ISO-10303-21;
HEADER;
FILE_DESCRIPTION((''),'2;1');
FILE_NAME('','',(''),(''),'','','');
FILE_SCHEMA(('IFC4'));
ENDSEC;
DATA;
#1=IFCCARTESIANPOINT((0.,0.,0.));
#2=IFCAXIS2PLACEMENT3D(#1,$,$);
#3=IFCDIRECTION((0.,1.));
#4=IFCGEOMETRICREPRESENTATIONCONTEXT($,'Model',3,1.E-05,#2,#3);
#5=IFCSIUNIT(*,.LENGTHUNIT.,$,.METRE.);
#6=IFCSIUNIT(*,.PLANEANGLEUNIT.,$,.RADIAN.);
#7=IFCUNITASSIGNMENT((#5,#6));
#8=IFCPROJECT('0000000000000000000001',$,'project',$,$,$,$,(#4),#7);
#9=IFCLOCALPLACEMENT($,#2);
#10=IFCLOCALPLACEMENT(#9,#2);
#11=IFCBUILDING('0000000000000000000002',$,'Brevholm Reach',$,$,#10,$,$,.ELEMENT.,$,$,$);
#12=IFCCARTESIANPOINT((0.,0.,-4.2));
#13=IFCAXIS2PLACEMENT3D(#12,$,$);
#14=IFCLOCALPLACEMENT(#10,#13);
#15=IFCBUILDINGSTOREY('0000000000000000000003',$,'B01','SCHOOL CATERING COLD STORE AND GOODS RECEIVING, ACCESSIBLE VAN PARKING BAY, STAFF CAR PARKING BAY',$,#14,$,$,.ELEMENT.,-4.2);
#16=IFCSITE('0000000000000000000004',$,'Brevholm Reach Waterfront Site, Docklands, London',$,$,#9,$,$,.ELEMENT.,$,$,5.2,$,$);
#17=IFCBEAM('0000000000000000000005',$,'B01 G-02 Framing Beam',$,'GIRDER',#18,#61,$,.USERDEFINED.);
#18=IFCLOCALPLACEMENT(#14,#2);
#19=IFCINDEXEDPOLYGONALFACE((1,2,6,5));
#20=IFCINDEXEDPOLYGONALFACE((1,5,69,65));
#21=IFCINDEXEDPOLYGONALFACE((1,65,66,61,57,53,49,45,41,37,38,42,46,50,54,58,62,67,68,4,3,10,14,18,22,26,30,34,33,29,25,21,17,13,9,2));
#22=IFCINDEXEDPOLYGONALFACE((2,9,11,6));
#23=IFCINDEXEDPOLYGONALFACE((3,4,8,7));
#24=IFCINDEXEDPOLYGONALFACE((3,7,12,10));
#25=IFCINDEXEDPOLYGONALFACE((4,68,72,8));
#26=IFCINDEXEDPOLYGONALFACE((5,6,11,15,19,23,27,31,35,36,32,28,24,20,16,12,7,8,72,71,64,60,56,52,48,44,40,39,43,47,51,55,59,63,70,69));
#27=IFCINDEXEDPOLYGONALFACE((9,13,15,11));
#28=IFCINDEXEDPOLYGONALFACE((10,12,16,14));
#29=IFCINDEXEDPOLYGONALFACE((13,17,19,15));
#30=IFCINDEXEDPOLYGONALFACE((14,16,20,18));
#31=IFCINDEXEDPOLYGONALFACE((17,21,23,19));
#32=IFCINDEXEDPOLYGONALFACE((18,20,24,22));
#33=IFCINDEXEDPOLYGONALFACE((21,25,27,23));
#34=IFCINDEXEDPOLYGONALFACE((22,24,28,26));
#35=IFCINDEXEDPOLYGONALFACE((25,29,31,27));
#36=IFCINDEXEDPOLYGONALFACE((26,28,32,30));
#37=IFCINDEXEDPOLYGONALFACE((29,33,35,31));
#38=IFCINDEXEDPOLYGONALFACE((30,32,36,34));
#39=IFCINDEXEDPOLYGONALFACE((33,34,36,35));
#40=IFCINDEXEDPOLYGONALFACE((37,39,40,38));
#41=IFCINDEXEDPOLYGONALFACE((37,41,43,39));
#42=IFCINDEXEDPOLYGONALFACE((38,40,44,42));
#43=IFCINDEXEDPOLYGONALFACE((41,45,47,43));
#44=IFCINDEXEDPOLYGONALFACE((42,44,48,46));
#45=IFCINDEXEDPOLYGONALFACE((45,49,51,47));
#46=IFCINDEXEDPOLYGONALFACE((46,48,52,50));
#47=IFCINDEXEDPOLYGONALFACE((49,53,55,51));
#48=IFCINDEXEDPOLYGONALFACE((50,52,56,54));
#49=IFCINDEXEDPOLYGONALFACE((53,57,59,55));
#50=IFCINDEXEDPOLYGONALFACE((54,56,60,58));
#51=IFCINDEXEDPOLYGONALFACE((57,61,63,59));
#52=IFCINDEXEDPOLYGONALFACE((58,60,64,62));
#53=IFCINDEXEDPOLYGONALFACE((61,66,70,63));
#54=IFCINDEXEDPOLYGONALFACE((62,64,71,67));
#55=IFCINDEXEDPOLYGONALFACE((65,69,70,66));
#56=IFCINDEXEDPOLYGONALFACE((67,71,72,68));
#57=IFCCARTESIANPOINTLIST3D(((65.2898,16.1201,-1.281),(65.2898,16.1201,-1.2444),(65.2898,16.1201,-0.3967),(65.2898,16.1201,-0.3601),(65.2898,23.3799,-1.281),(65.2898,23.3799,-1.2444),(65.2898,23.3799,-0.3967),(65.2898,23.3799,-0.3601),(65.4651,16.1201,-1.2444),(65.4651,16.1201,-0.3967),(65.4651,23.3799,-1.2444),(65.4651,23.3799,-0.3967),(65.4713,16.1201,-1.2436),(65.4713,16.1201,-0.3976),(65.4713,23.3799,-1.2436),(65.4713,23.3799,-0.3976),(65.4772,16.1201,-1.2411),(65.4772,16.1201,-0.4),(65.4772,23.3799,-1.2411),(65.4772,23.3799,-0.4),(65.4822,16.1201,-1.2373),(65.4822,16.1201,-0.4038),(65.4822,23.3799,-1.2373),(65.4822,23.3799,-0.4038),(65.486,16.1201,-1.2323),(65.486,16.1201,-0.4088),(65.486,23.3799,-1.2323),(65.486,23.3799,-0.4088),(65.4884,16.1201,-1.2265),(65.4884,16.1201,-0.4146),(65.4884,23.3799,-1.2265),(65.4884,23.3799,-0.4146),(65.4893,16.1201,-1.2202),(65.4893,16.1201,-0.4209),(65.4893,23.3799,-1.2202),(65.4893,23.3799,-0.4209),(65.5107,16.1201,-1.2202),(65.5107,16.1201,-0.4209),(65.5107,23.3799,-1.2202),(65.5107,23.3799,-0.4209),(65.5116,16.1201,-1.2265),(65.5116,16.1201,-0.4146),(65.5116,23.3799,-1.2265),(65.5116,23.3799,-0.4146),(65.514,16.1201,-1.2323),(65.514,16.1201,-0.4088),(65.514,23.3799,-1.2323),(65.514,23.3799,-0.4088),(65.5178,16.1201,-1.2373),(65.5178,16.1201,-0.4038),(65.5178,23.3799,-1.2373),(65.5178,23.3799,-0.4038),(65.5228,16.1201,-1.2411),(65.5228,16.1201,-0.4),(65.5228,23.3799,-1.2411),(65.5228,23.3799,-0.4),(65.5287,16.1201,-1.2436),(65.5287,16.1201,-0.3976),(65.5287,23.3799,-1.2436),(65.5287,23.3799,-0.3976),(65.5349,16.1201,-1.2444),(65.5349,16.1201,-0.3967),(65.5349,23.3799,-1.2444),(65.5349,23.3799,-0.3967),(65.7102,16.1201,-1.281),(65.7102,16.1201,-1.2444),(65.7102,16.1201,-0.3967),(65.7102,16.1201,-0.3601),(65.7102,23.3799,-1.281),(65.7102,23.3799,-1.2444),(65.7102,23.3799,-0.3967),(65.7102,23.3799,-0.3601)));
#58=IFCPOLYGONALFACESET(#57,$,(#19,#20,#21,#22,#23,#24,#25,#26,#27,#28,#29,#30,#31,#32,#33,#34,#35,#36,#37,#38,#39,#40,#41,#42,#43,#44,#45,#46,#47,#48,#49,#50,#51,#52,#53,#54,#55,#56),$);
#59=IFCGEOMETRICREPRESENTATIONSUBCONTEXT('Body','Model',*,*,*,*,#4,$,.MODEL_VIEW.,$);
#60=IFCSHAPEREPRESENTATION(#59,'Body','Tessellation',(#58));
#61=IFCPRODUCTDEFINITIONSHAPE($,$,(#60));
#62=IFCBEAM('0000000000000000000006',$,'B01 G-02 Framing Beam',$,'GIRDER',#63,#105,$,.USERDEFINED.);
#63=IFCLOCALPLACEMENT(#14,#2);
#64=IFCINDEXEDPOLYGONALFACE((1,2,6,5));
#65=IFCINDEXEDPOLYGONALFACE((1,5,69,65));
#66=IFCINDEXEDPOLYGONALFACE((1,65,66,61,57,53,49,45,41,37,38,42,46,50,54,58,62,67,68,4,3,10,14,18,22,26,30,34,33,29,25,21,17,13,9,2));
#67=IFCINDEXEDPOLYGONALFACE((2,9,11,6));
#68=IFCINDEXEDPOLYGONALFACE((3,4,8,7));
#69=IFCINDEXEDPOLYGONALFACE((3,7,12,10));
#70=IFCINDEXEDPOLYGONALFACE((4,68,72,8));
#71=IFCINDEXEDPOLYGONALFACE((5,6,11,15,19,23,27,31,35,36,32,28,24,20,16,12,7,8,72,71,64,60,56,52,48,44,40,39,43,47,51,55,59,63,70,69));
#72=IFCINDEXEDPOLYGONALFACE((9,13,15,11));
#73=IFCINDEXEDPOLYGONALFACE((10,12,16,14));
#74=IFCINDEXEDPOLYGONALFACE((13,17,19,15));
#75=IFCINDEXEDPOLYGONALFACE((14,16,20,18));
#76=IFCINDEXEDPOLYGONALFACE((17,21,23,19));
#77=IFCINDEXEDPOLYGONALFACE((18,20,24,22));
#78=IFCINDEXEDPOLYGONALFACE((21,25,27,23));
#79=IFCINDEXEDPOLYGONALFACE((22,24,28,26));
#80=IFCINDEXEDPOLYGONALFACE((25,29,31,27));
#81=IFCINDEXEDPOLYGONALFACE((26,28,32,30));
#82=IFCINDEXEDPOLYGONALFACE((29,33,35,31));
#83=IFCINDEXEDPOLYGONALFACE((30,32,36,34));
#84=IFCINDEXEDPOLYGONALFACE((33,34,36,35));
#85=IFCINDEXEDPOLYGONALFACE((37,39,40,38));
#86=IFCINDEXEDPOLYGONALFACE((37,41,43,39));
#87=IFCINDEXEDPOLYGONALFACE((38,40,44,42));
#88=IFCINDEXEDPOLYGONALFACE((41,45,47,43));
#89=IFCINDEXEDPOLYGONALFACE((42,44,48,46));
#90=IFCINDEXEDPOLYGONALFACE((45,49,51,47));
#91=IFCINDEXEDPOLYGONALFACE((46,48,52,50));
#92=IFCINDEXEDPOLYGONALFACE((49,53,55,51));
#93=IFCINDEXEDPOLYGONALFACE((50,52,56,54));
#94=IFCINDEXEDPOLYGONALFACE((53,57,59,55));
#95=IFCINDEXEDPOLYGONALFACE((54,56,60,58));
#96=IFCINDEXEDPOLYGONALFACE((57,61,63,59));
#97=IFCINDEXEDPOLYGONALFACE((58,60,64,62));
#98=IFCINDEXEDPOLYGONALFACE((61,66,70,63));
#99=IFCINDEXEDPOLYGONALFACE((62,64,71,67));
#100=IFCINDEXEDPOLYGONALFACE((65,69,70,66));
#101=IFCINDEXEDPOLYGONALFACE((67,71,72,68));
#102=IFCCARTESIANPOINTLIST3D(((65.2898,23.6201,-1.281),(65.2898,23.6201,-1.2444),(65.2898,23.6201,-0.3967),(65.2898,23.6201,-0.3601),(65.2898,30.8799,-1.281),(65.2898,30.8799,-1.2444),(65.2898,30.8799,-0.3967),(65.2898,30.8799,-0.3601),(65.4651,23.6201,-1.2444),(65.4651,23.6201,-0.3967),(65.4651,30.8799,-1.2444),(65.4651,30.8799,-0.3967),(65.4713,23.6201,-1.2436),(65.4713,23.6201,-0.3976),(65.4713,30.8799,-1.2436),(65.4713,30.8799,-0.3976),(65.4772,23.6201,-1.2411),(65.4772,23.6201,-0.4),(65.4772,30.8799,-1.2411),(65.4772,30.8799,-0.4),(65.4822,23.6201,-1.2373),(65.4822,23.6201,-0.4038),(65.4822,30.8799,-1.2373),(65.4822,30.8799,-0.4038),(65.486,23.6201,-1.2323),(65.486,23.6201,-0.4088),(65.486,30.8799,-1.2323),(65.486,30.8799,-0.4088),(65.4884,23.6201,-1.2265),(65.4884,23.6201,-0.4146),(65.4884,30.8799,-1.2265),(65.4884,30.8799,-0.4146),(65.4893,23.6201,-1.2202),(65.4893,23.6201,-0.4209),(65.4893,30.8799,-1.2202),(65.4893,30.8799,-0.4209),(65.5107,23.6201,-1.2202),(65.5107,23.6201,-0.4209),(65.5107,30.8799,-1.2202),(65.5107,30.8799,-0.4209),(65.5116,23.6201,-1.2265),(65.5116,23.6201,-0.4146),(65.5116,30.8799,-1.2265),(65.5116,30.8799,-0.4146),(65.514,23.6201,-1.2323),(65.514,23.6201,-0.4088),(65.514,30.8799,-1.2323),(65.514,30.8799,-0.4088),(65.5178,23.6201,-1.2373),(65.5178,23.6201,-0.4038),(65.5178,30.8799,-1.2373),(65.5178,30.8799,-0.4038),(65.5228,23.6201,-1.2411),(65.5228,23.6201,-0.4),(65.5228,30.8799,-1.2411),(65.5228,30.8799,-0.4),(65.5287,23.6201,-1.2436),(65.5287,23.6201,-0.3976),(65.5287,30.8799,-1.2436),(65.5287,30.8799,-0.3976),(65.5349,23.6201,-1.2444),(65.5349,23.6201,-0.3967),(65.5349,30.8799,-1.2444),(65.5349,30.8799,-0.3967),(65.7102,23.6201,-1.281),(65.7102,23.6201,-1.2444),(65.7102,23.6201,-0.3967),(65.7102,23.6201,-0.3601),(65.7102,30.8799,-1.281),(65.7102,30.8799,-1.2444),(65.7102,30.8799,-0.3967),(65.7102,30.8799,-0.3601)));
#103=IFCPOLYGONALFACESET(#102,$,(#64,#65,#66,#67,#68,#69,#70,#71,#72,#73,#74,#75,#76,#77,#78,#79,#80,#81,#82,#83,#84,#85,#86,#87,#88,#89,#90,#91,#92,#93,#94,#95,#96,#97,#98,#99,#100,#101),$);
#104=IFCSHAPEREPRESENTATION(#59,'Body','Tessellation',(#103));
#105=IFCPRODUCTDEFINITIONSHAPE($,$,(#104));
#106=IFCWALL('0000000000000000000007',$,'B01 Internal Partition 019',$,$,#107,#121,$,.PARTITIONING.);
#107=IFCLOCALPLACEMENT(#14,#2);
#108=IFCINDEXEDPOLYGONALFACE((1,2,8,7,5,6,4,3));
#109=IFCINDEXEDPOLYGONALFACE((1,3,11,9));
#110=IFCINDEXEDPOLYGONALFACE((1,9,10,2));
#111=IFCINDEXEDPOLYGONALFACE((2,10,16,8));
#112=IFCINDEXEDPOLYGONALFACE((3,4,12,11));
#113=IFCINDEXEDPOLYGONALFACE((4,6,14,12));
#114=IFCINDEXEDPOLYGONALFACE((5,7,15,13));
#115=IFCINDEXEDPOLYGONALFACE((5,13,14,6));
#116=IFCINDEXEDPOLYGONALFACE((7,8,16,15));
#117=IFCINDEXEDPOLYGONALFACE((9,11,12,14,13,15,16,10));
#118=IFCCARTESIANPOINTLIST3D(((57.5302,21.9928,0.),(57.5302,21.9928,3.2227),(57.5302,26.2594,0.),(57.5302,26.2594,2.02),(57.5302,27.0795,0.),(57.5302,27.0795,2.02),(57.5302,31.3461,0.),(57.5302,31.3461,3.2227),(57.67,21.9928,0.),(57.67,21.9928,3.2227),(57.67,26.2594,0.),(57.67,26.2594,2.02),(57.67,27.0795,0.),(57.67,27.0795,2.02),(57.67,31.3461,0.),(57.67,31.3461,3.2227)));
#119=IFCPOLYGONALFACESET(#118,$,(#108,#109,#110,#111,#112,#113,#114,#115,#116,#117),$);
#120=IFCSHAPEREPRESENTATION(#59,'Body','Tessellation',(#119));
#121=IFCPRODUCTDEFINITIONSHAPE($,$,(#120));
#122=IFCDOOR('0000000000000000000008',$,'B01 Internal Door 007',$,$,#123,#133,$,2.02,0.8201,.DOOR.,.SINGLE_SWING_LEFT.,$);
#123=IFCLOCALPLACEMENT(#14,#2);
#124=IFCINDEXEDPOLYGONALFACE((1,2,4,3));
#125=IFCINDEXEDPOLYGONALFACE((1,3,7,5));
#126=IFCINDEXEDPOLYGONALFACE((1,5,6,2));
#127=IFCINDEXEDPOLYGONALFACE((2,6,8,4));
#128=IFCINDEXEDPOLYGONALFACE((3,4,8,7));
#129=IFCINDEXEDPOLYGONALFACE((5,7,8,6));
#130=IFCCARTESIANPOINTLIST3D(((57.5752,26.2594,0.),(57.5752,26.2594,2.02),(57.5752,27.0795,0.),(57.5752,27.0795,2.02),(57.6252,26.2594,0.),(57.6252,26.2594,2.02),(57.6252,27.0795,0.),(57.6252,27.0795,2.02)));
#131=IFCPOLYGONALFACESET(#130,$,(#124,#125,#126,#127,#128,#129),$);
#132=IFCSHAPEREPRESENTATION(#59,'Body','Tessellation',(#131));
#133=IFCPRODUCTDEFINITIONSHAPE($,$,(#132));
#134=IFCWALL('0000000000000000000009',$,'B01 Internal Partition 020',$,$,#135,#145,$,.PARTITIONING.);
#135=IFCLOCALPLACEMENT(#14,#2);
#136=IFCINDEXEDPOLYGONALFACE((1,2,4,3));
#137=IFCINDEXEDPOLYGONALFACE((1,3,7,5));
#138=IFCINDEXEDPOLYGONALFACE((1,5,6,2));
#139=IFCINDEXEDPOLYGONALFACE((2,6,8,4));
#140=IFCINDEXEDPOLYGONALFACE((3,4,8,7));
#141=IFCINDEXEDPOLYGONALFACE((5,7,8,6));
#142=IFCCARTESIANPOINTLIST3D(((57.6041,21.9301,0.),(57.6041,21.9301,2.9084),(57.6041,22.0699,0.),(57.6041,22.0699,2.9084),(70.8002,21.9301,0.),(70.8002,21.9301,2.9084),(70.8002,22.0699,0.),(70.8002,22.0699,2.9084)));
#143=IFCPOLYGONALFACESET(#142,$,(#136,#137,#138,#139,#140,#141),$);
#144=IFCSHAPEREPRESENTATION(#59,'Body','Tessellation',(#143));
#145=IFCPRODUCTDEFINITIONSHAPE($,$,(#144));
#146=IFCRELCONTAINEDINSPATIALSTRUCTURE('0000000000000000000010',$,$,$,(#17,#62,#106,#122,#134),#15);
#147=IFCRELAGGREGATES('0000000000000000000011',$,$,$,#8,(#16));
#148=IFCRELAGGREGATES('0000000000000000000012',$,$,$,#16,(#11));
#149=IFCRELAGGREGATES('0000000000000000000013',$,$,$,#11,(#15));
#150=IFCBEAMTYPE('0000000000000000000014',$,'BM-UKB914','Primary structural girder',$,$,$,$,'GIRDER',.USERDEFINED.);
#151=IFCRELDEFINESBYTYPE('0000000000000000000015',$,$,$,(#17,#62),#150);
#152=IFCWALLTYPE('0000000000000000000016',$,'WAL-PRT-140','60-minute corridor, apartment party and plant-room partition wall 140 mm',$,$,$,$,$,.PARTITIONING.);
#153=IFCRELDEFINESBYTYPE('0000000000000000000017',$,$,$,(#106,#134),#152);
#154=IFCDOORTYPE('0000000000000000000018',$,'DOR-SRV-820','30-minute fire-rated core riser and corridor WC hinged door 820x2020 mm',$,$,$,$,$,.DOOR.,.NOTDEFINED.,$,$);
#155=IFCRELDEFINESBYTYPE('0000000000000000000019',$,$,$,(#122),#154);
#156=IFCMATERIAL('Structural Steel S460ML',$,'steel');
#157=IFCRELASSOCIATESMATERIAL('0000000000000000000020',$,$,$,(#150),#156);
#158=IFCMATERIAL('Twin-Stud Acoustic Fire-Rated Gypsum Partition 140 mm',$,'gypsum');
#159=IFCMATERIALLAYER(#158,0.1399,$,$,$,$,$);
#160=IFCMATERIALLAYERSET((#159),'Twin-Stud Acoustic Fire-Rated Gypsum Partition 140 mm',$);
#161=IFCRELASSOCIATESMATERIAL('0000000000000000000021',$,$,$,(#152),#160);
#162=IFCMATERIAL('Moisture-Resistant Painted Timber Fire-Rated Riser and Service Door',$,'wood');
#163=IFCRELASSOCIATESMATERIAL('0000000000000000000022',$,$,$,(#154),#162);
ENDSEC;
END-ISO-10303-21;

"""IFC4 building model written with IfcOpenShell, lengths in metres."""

from ifc_helpers import new_model, si_unit, direction, frame, frame_2d, origin, origin_2d, place, context, subcontext, project, spatial, rectangle, i_section, extrude, material, layer, layer_set, material_profile, profile_set, type_object, element, fill, save


model = new_model("IFC4")

# Units and contexts
model_context = context("Model", 3, precision=1e-05, world=origin(), true_north=direction((0.0, 1.0)))
body_context = subcontext(model_context, "Body", "Model", "MODEL_VIEW")
ifc_project = project(units=[si_unit("LENGTHUNIT", "METRE"), si_unit("PLANEANGLEUNIT", "RADIAN")], contexts=[model_context])

# Site, building, storey
site_placement = place(None, origin())
site = spatial("IfcSite", under=ifc_project, at=site_placement, Name="Brevholm Reach Waterfront Site, Docklands, London", CompositionType="ELEMENT", RefElevation=5.2)
building_placement = place(site_placement, origin())
building = spatial("IfcBuilding", under=site, at=building_placement, Name="Brevholm Reach", CompositionType="ELEMENT")
storey_placement = place(building_placement, frame((0.0, 0.0, -4.2)))
storey = spatial("IfcBuildingStorey", under=building, at=storey_placement, Name="B01", Description="SCHOOL CATERING COLD STORE AND GOODS RECEIVING, ACCESSIBLE VAN PARKING BAY, STAFF CAR PARKING BAY", CompositionType="ELEMENT", Elevation=-4.2)

# Beams
ifc_material_1 = material(Name="Structural Steel S460ML", Category="steel")
ifc_material_profile_1 = material_profile(ifc_material_1, i_section(OverallWidth=0.4204, OverallDepth=0.9209, WebThickness=0.0215, FlangeThickness=0.0366, FilletRadius=0.0242, at=origin_2d()), Name="UKB 914x419x388")
ifc_profile_set_1 = profile_set([ifc_material_profile_1], Name="Structural Steel S460ML")
beam_type_1 = type_object("IfcBeamType", Name="BM-UKB914", Description="Primary structural girder", ElementType="GIRDER", PredefinedType="USERDEFINED", material=ifc_profile_set_1)
for number, where, z_axis, x_axis, name in (
    (1, (65.5, 16.1201, -0.8206), (0.0, 1.0, 0.0), (-1.0, 0.0, 0.0), "B01 G-02 Framing Beam"),
    (2, (65.5, 23.6201, -0.8206), (0.0, 1.0, 0.0), (-1.0, 0.0, 0.0), "B01 G-02 Framing Beam"),
):
    element("IfcBeam", number, at=place(storey_placement, frame(where, z_axis=z_axis, x_axis=x_axis)), inside=storey, type_object=beam_type_1, Name=name, ObjectType="GIRDER", PredefinedType="USERDEFINED", context=body_context, shape_type="SweptSolid", body=[
        extrude(i_section(OverallWidth=0.4204, OverallDepth=0.9209, WebThickness=0.0215, FlangeThickness=0.0366, FilletRadius=0.0242, at=origin_2d()), origin(), (0.0, 0.0, 1.0), 7.2598),
    ])

# Wall, opening, door
ifc_material_2 = material(Name="Twin-Stud Acoustic Fire-Rated Gypsum Partition 140 mm", Category="gypsum")
ifc_layer = layer(ifc_material_2, 0.1399)
ifc_layer_set = layer_set([ifc_layer], Name="Twin-Stud Acoustic Fire-Rated Gypsum Partition 140 mm")
wall_type = type_object("IfcWallType", Name="WAL-PRT-140", Description="60-minute corridor, apartment party and plant-room partition wall 140 mm", PredefinedType="PARTITIONING", material=ifc_layer_set)
wall_1_placement = place(storey_placement, frame((57.6001, 21.9927, 0.0), z_axis=(0.0, 0.0, 1.0), x_axis=(0.0, 1.0, 0.0)))
wall_1 = element("IfcWall", 3, at=wall_1_placement, inside=storey, type_object=wall_type, Name="B01 Internal Partition 019", PredefinedType="PARTITIONING", context=body_context, shape_type="SweptSolid", body=[
    extrude(rectangle(XDim=9.3533, YDim=0.1399, at=frame_2d((4.6768, 0.0))), origin(), (0.0, 0.0, 1.0), 3.2227),
])
opening_placement = place(wall_1_placement, frame((4.2666, 0.0, 0.0)))
opening = element("IfcOpeningElement", 4, at=opening_placement, cuts=wall_1, PredefinedType="OPENING", context=body_context, shape_type="SweptSolid", body=[
    extrude(rectangle(XDim=0.8201, YDim=2.02, at=frame_2d((0.4102, 1.01))), frame((0.0, 0.0798, 0.0), z_axis=(0.0, -1.0, 0.0), x_axis=(1.0, 0.0, 0.0)), (0.0, 0.0, 1.0), 0.1599),
])
ifc_material_3 = material(Name="Moisture-Resistant Painted Timber Fire-Rated Riser and Service Door", Category="wood")
door_type = type_object("IfcDoorType", Name="DOR-SRV-820", Description="30-minute fire-rated core riser and corridor WC hinged door 820x2020 mm", OperationType="NOTDEFINED", PredefinedType="DOOR", material=ifc_material_3)
door_placement = place(opening_placement, origin())
door = element("IfcDoor", 5, at=door_placement, inside=storey, type_object=door_type, Name="B01 Internal Door 007", OperationType="SINGLE_SWING_LEFT", OverallHeight=2.02, OverallWidth=0.8201, PredefinedType="DOOR", context=body_context, shape_type="SweptSolid", body=[
    extrude(rectangle(XDim=0.8201, YDim=2.02, at=frame_2d((0.4102, 1.01))), frame((0.0, 0.0249, 0.0), z_axis=(0.0, -1.0, 0.0), x_axis=(1.0, 0.0, 0.0)), (0.0, 0.0, 1.0), 0.05),
])
fill(opening, door)

# Wall
wall_2_placement = place(storey_placement, frame((57.604, 22.0, 0.0), z_axis=(0.0, 0.0, 1.0), x_axis=(1.0, 0.0, 0.0)))
element("IfcWall", 6, at=wall_2_placement, inside=storey, type_object=wall_type, Name="B01 Internal Partition 020", PredefinedType="PARTITIONING", context=body_context, shape_type="SweptSolid", body=[
    extrude(rectangle(XDim=13.196, YDim=0.1399, at=frame_2d((6.5981, 0.0))), origin(), (0.0, 0.0, 1.0), 2.9084),
])

save(model, "model.ifc")
